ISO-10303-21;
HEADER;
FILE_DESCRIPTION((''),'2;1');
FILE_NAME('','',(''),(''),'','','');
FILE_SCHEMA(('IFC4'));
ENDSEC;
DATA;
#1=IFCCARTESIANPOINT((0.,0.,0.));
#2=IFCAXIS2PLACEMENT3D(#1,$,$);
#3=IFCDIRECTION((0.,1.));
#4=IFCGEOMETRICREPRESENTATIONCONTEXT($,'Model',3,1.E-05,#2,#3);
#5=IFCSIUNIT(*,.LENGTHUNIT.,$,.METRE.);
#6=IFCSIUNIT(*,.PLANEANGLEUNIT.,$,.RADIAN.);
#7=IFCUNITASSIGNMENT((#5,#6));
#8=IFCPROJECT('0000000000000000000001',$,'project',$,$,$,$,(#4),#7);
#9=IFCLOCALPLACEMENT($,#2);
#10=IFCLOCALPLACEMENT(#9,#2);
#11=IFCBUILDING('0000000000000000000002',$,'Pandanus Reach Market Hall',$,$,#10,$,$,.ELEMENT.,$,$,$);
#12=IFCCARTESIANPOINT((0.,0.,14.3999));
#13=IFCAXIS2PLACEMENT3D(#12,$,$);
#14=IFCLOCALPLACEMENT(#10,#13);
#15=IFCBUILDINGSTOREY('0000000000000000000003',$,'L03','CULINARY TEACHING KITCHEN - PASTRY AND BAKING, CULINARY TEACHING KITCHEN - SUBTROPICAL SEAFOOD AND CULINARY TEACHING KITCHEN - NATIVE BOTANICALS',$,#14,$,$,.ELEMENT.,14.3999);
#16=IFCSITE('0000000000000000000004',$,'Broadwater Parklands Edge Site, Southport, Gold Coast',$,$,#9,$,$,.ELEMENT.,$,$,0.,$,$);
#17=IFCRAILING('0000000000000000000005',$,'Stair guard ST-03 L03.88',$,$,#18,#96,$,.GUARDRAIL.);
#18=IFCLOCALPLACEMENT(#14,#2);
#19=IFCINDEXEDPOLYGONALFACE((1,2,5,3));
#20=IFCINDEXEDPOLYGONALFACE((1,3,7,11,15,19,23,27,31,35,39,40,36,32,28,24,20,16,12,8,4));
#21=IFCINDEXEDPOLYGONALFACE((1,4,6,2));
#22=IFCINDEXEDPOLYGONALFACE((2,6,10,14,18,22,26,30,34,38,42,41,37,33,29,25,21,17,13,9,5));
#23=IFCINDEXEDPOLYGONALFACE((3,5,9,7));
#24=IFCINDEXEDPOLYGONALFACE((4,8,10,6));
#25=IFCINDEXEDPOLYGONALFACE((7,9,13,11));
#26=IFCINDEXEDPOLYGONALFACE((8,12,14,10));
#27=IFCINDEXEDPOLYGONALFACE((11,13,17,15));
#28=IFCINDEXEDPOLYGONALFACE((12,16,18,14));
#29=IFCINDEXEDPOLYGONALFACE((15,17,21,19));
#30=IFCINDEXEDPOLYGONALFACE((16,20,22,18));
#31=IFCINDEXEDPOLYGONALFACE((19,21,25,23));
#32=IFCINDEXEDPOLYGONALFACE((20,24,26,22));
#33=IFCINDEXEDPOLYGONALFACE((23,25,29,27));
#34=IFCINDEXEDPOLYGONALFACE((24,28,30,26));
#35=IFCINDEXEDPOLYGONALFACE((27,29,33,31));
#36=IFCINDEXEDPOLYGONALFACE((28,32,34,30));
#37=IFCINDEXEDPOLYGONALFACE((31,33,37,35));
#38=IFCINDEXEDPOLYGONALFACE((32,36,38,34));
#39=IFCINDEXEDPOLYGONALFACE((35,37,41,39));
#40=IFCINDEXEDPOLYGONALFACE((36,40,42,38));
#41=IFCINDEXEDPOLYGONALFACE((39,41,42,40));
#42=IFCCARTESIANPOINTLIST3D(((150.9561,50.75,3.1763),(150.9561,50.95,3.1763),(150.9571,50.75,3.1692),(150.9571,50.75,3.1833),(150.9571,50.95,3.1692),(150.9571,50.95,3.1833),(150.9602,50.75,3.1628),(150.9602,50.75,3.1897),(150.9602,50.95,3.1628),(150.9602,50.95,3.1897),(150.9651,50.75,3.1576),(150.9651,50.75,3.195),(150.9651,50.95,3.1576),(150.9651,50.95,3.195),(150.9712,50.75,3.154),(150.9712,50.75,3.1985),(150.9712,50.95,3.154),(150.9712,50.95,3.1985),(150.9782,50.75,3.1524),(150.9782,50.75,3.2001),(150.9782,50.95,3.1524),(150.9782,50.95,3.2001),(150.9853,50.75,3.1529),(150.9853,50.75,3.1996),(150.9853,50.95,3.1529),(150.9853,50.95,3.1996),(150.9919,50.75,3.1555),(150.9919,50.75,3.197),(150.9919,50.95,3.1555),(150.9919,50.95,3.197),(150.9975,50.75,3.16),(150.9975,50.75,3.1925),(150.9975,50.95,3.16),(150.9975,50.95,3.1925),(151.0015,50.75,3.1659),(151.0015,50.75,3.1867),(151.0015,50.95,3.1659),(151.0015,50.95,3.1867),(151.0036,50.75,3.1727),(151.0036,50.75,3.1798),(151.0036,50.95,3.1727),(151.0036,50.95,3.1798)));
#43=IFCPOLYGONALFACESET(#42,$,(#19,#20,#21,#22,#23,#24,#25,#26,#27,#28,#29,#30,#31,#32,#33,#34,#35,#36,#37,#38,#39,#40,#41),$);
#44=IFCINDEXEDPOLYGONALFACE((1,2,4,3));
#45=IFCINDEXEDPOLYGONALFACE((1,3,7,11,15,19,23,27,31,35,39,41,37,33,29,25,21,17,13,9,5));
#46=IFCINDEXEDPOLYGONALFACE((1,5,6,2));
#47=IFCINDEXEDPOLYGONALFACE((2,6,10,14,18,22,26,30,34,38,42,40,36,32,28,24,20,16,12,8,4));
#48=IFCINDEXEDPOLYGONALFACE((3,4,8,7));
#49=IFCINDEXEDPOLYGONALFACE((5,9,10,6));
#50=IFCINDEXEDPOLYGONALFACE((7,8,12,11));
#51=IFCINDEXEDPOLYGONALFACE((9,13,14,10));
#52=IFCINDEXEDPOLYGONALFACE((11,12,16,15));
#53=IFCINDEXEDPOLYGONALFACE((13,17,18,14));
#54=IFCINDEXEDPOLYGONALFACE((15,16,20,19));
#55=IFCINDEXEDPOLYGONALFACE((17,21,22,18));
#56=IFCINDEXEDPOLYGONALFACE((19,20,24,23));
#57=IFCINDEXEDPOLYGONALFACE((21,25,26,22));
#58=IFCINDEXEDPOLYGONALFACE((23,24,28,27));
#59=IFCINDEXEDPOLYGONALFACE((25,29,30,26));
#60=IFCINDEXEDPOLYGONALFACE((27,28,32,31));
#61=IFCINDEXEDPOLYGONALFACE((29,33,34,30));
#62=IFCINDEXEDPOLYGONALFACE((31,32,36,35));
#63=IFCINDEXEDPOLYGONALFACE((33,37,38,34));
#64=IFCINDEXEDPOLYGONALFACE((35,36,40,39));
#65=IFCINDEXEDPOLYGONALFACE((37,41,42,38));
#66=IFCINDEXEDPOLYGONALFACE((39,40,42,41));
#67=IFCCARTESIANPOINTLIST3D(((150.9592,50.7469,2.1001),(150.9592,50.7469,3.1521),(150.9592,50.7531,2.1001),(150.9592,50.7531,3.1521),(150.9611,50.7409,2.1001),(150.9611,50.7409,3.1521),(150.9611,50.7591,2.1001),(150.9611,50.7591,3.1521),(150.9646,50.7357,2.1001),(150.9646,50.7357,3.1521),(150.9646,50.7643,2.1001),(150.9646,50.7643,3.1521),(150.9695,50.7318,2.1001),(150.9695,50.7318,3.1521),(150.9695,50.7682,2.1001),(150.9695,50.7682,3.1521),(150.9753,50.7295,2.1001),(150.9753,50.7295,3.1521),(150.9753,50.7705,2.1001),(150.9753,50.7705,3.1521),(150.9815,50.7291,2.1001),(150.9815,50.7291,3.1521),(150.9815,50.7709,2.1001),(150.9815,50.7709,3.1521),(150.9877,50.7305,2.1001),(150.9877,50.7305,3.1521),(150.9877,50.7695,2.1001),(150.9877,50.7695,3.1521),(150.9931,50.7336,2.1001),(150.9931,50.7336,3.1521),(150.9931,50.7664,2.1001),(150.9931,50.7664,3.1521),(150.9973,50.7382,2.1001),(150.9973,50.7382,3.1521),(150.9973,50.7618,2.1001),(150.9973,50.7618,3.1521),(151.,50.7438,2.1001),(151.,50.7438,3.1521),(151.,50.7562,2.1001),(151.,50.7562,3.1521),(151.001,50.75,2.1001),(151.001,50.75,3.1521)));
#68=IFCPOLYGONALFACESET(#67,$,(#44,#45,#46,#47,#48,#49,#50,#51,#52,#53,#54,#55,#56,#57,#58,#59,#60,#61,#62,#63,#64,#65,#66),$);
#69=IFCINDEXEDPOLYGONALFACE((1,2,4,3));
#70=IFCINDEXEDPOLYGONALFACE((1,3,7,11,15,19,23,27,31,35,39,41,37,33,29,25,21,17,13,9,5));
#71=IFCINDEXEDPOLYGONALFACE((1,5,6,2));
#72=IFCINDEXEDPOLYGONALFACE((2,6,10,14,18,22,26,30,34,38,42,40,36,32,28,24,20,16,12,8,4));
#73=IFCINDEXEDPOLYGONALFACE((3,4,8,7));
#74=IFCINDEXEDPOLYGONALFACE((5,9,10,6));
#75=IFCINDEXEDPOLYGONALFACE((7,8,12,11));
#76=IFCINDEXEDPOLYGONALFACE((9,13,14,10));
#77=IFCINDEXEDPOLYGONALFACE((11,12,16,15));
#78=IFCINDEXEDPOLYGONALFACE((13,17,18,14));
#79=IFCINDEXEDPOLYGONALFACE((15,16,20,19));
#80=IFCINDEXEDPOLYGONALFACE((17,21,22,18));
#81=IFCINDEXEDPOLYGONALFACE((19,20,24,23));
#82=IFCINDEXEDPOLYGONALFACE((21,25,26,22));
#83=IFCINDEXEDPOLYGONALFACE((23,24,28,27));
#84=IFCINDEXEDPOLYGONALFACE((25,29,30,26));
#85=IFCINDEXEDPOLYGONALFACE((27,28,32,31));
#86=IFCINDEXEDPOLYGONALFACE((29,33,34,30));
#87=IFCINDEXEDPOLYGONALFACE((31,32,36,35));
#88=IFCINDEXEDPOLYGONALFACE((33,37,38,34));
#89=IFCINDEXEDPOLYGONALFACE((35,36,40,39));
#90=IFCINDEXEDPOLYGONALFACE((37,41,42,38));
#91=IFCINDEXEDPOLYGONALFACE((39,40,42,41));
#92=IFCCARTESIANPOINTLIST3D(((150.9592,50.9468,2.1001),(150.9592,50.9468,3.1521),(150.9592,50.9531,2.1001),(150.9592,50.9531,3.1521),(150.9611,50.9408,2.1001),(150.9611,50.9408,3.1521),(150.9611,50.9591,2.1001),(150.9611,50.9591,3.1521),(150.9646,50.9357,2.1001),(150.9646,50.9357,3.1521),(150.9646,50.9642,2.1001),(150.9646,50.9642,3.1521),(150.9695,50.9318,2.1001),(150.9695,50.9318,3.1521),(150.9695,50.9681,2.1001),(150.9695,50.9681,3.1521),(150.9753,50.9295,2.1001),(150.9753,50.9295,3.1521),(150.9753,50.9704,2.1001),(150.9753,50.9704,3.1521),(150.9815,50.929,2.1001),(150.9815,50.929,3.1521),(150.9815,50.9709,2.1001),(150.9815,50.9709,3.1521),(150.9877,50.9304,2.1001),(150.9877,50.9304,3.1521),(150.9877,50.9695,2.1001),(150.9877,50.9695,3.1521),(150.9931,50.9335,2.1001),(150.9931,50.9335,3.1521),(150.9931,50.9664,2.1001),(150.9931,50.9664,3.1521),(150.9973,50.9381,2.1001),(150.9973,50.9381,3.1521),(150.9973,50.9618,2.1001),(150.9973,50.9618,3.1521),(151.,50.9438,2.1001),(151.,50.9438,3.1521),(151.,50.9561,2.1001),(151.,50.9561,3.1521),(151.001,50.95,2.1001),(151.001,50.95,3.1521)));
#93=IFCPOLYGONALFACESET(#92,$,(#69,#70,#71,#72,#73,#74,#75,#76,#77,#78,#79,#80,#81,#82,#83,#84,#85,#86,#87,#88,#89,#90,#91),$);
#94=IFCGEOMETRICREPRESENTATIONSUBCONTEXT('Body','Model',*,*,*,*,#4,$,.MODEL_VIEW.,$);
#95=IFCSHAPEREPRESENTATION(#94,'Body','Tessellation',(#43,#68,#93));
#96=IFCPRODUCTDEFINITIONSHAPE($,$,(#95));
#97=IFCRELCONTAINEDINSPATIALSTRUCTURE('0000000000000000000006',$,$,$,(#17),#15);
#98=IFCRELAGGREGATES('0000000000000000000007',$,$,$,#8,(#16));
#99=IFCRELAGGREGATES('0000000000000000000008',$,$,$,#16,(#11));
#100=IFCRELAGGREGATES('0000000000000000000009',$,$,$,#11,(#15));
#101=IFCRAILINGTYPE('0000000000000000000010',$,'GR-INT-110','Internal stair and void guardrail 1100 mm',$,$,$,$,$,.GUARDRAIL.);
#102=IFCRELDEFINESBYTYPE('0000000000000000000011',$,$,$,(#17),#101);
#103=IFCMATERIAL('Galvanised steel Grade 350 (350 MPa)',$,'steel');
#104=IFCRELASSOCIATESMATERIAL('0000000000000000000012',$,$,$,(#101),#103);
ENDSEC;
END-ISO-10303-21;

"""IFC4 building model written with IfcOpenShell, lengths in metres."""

from ifc_helpers import new_model, si_unit, direction, frame, origin, origin_2d, place, context, subcontext, project, spatial, circle, extrude, material, type_object, element, save


model = new_model("IFC4")

# Units and contexts
model_context = context("Model", 3, precision=1e-05, world=origin(), true_north=direction((0.0, 1.0)))
body_context = subcontext(model_context, "Body", "Model", "MODEL_VIEW")
ifc_project = project(units=[si_unit("LENGTHUNIT", "METRE"), si_unit("PLANEANGLEUNIT", "RADIAN")], contexts=[model_context])

# Site, building, storey
site_placement = place(None, origin())
site = spatial("IfcSite", under=ifc_project, at=site_placement, Name="Broadwater Parklands Edge Site, Southport, Gold Coast", CompositionType="ELEMENT", RefElevation=0.0)
building_placement = place(site_placement, origin())
building = spatial("IfcBuilding", under=site, at=building_placement, Name="Pandanus Reach Market Hall", CompositionType="ELEMENT")
storey_placement = place(building_placement, frame((0.0, 0.0, 14.3999)))
storey = spatial("IfcBuildingStorey", under=building, at=storey_placement, Name="L03", Description="CULINARY TEACHING KITCHEN - PASTRY AND BAKING, CULINARY TEACHING KITCHEN - SUBTROPICAL SEAFOOD AND CULINARY TEACHING KITCHEN - NATIVE BOTANICALS", CompositionType="ELEMENT", Elevation=14.3999)

# Railing
ifc_material_1 = material(Name="Galvanised steel Grade 350 (350 MPa)", Category="steel")
railing_type_1 = type_object("IfcRailingType", Name="GR-INT-110", Description="Internal stair and void guardrail 1100 mm", PredefinedType="GUARDRAIL", material=ifc_material_1)
railing_1_placement = place(storey_placement, frame((150.98, 50.75, 2.1001)))
element("IfcRailing", 1, at=railing_1_placement, inside=storey, type_object=railing_type_1, Name="Stair guard ST-03 L03.88", PredefinedType="GUARDRAIL", context=body_context, shape_type="SweptSolid", body=[
    extrude(circle(Radius=0.0239, at=origin_2d()), frame((0.0, 0.0, 1.0762), z_axis=(0.0, 1.0, 0.0), x_axis=(-1.0, 0.0, 0.0)), (0.0, 0.0, 1.0), 0.2),
    extrude(circle(Radius=0.021, at=origin_2d()), origin(), (0.0, 0.0, 1.0), 1.052),
    extrude(circle(Radius=0.021, at=origin_2d()), frame((0.0, 0.2, 0.0)), (0.0, 0.0, 1.0), 1.052),
])

save(model, "model.ifc")
